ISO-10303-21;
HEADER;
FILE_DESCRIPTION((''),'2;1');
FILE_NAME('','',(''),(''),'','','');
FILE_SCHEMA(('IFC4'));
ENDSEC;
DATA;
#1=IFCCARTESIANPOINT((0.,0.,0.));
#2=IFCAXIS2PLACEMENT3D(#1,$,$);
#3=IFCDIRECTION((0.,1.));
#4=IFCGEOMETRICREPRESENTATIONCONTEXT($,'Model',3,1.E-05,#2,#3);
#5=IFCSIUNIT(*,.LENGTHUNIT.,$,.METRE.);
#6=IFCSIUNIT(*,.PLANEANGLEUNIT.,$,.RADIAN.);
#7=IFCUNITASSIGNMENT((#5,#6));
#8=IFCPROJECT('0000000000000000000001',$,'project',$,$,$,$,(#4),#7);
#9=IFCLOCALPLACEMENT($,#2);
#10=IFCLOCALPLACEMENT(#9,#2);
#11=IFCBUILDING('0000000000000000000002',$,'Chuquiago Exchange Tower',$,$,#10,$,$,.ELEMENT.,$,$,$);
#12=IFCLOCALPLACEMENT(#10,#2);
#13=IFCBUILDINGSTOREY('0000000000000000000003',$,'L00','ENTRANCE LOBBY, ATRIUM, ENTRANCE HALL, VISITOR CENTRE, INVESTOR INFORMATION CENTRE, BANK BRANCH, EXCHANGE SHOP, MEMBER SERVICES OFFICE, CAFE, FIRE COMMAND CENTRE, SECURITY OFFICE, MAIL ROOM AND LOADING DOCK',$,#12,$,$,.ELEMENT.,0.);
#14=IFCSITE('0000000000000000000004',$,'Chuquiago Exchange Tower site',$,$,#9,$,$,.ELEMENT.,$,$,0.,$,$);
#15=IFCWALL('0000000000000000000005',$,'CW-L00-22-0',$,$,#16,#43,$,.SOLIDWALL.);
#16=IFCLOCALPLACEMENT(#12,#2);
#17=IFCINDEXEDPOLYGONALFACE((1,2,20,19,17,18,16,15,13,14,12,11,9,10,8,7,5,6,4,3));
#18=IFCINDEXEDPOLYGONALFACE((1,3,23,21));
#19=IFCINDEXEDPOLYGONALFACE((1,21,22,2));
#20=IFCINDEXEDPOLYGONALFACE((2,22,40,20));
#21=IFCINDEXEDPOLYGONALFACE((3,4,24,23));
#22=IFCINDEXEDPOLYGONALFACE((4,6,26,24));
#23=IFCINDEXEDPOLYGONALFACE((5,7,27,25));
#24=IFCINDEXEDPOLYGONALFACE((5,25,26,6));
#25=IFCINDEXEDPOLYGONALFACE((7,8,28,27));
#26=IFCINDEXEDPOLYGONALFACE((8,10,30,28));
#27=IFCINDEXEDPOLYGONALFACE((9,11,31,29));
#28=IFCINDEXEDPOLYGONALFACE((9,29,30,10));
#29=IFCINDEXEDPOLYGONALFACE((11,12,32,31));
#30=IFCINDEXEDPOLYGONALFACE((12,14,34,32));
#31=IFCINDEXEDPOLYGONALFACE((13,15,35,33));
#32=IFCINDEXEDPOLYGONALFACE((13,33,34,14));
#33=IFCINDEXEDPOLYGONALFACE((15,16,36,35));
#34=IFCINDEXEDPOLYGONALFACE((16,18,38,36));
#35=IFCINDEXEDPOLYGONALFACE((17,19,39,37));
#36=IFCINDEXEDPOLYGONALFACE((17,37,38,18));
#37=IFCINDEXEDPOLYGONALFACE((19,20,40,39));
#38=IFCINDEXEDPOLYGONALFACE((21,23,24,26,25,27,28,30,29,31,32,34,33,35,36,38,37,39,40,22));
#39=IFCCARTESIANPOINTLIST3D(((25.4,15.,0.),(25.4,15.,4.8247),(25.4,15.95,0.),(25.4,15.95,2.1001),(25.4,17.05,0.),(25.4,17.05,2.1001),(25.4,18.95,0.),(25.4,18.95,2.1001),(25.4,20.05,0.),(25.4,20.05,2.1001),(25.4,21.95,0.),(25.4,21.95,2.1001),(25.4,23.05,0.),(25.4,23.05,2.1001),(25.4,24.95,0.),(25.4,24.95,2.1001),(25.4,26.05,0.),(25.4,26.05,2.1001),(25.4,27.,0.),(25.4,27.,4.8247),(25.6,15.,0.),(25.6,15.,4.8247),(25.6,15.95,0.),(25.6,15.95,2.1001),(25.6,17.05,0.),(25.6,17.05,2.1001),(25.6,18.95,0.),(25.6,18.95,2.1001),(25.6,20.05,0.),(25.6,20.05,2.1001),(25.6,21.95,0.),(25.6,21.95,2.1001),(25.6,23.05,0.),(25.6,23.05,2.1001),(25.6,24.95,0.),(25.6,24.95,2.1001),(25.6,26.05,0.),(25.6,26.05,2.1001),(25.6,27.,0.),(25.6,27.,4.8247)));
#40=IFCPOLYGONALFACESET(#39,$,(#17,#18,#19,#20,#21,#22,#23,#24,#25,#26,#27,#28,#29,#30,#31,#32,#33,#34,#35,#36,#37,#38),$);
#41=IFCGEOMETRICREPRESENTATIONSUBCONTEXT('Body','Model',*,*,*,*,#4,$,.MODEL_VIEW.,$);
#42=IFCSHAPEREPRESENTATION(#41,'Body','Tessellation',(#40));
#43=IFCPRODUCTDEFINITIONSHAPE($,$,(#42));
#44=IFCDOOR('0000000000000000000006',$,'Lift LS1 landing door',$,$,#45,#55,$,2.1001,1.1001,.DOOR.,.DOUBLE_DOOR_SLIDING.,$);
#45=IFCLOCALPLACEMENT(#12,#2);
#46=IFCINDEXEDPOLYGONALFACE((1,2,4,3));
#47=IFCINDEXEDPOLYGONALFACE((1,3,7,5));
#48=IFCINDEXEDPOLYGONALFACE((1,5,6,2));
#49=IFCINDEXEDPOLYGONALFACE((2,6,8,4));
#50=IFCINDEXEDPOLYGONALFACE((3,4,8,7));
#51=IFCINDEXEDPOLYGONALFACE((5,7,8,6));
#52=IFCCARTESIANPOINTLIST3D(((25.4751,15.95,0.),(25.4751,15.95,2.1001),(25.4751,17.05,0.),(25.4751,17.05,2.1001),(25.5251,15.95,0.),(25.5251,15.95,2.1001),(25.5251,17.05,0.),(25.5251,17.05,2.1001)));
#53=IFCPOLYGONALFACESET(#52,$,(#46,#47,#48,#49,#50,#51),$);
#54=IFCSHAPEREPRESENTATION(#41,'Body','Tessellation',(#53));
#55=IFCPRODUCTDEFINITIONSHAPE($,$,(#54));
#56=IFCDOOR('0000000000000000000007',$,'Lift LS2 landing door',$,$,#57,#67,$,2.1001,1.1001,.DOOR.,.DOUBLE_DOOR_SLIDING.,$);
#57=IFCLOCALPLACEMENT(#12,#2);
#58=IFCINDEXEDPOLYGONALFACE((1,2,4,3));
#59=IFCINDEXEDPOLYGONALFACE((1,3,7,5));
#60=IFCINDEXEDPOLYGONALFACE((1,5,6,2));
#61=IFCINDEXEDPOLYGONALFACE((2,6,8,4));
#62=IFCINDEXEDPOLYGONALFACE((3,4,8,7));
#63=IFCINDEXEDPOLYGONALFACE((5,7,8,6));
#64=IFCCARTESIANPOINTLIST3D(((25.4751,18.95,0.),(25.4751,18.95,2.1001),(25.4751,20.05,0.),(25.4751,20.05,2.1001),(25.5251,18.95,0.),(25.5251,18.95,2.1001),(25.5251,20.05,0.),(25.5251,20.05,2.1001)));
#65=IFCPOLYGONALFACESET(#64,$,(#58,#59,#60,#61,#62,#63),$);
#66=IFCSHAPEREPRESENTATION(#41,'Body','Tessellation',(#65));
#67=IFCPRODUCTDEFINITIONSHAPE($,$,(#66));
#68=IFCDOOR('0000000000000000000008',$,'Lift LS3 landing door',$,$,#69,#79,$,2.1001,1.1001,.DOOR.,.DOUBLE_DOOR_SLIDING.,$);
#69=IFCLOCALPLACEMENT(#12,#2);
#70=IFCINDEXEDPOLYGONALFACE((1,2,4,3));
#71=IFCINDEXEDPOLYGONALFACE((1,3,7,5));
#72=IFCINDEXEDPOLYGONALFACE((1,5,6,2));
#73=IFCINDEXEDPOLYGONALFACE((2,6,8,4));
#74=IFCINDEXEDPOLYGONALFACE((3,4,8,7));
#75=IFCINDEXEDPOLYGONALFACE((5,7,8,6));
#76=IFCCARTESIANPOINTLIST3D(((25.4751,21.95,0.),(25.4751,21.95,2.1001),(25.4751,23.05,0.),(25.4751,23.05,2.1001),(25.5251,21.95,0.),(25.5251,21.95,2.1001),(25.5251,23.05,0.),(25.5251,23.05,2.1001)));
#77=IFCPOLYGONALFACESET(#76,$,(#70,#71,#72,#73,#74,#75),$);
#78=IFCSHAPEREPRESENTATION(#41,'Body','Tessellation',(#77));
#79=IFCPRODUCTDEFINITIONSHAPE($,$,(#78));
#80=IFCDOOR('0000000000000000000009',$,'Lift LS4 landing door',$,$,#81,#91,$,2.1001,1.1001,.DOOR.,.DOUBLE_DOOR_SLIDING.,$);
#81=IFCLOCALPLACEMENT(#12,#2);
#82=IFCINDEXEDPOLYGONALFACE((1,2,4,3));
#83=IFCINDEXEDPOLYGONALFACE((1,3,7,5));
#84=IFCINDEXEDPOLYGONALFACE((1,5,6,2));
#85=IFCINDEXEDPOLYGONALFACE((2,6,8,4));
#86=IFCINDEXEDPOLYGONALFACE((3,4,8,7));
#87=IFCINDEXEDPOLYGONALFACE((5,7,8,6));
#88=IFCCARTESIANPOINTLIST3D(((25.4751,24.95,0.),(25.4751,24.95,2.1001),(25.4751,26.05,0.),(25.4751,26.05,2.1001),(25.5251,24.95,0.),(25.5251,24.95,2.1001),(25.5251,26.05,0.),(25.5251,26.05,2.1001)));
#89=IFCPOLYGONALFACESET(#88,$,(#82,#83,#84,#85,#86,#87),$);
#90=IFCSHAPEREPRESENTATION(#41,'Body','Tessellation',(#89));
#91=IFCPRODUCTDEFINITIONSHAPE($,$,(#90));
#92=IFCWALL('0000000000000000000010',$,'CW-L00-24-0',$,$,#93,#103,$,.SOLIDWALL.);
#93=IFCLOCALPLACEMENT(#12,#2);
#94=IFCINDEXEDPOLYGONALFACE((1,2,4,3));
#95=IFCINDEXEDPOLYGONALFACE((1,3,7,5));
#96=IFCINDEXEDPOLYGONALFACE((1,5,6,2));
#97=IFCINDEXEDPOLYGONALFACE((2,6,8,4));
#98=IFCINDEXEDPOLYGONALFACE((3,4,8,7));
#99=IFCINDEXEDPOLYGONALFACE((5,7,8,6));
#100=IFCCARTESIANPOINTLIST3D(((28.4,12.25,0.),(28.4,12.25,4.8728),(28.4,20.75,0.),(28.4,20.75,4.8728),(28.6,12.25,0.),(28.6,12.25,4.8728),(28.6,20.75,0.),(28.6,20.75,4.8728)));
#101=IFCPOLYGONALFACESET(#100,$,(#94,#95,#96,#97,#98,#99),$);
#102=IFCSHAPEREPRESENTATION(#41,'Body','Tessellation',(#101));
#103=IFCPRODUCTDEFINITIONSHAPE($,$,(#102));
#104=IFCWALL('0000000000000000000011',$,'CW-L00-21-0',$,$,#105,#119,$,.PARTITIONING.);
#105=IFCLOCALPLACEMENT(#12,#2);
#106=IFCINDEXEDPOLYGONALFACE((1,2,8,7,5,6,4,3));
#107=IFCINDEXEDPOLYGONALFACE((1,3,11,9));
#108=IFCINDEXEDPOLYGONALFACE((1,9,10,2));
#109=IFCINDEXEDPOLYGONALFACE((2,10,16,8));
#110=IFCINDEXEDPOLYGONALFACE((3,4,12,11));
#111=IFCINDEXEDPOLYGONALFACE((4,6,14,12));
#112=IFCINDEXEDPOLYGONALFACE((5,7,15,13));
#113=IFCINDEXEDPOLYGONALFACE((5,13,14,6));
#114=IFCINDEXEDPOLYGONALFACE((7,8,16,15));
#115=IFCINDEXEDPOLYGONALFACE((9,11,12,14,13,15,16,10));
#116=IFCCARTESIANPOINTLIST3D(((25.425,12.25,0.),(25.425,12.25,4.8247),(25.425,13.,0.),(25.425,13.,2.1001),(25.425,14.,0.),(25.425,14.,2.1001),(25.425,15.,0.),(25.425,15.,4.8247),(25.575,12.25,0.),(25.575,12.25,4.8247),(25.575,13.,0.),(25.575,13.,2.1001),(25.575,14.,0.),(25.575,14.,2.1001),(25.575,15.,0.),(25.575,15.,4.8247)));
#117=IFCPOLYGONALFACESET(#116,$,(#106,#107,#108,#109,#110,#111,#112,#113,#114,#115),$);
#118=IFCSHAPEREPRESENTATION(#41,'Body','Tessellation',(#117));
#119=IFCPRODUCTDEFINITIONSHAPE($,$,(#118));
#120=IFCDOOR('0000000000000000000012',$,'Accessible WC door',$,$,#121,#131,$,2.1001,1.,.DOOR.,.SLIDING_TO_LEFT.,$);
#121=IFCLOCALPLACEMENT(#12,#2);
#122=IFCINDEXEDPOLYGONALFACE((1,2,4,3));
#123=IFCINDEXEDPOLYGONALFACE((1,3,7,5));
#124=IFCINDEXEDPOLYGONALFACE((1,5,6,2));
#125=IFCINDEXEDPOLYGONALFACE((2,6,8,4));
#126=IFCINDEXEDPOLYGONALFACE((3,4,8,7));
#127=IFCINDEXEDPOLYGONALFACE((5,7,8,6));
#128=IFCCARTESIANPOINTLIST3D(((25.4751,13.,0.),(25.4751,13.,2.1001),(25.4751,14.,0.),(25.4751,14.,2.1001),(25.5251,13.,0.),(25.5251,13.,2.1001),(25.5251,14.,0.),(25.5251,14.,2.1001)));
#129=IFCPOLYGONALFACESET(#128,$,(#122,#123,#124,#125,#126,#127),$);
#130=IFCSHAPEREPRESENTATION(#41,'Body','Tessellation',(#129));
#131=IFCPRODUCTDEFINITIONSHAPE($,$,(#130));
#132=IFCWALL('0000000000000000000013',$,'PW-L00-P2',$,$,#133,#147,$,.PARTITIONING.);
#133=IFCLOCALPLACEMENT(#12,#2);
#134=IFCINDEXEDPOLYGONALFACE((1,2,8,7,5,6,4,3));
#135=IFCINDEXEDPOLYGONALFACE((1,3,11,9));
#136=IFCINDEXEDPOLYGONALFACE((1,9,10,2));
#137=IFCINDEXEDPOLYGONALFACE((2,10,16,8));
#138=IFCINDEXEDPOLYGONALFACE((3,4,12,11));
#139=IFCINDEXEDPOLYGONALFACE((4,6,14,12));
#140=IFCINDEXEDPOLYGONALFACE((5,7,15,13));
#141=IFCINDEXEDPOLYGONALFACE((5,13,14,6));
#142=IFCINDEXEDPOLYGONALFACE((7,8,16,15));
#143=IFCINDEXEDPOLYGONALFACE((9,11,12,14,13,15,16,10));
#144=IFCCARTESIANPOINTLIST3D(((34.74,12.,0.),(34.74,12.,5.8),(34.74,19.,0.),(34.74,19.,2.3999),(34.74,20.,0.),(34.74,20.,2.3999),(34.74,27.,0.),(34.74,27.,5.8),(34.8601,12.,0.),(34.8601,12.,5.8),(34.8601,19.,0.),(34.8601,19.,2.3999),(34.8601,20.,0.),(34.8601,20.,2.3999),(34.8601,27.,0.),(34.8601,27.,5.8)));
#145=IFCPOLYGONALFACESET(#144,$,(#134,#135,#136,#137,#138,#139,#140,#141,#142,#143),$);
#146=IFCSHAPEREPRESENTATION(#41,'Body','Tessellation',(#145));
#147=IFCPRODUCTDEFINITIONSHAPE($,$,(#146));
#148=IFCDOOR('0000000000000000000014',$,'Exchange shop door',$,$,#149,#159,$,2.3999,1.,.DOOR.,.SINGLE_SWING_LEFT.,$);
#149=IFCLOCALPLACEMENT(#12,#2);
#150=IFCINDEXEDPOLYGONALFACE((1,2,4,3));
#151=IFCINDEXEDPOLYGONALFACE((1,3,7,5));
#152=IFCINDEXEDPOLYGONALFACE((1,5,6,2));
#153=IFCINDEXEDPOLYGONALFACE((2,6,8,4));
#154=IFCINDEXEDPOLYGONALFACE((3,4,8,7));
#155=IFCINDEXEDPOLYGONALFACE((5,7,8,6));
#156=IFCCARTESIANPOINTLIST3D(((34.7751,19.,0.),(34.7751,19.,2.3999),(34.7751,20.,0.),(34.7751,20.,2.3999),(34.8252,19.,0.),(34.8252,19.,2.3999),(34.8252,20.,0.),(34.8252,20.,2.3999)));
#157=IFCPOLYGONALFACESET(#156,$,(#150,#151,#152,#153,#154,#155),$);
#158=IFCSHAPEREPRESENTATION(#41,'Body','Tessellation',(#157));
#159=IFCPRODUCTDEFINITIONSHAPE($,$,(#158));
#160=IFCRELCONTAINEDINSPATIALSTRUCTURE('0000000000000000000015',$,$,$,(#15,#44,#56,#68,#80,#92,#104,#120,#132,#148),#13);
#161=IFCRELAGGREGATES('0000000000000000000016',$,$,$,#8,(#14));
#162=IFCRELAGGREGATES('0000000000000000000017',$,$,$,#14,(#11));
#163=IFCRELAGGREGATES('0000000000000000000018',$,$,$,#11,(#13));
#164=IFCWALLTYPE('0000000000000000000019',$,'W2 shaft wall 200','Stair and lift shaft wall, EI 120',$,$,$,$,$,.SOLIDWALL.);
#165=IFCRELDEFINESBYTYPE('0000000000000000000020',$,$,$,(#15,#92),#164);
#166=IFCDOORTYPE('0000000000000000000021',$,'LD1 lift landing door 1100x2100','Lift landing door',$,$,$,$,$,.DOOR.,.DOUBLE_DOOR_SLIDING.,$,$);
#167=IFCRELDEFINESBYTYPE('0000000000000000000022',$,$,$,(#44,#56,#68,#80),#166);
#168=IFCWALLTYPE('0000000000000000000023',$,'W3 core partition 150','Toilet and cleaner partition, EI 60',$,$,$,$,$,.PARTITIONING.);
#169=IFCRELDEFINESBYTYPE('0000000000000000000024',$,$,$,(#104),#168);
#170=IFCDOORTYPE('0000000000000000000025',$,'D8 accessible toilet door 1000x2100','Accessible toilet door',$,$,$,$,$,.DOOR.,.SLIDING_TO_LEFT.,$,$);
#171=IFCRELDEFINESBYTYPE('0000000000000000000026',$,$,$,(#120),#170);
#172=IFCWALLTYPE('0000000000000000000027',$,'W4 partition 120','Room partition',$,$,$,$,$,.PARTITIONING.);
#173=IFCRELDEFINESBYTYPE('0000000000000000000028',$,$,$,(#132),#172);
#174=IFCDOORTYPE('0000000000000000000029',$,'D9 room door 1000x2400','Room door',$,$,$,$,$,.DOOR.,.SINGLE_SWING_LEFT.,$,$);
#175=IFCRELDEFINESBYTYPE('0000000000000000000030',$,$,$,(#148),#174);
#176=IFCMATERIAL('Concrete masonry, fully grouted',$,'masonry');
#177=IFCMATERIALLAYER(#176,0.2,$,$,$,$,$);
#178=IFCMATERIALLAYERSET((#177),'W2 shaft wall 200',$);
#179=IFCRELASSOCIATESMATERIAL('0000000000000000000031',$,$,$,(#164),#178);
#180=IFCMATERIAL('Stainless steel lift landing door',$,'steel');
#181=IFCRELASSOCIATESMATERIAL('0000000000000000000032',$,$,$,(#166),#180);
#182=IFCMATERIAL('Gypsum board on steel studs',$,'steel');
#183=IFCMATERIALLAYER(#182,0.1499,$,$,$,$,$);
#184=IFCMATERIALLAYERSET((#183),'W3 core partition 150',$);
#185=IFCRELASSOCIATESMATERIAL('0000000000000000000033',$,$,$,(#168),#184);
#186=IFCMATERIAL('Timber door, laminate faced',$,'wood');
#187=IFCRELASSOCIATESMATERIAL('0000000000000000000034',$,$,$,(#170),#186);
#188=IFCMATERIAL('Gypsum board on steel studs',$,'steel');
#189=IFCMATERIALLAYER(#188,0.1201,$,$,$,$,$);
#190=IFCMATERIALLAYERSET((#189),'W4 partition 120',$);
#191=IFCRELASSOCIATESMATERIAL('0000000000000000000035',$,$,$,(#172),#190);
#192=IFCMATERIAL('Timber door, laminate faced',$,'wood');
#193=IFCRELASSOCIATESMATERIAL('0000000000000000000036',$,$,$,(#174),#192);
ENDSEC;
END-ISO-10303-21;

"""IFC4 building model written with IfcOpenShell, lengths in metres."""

from ifc_helpers import new_model, si_unit, direction, frame, frame_2d, origin, place, context, subcontext, project, spatial, rectangle, extrude, material, layer, layer_set, type_object, element, fill, save


model = new_model("IFC4")

# Units and contexts
model_context = context("Model", 3, precision=1e-05, world=origin(), true_north=direction((0.0, 1.0)))
body_context = subcontext(model_context, "Body", "Model", "MODEL_VIEW")
ifc_project = project(units=[si_unit("LENGTHUNIT", "METRE"), si_unit("PLANEANGLEUNIT", "RADIAN")], contexts=[model_context])

# Site, building, storey
site_placement = place(None, origin())
site = spatial("IfcSite", under=ifc_project, at=site_placement, Name="Chuquiago Exchange Tower site", CompositionType="ELEMENT", RefElevation=0.0)
building_placement = place(site_placement, origin())
building = spatial("IfcBuilding", under=site, at=building_placement, Name="Chuquiago Exchange Tower", CompositionType="ELEMENT")
storey_placement = place(building_placement, origin())
storey = spatial("IfcBuildingStorey", under=building, at=storey_placement, Name="L00", Description="ENTRANCE LOBBY, ATRIUM, ENTRANCE HALL, VISITOR CENTRE, INVESTOR INFORMATION CENTRE, BANK BRANCH, EXCHANGE SHOP, MEMBER SERVICES OFFICE, CAFE, FIRE COMMAND CENTRE, SECURITY OFFICE, MAIL ROOM AND LOADING DOCK", CompositionType="ELEMENT", Elevation=0.0)

# Shared definitions
ifc_material_1 = material(Name="Concrete masonry, fully grouted", Category="masonry")
ifc_layer_1 = layer(ifc_material_1, 0.2)
ifc_layer_set_1 = layer_set([ifc_layer_1], Name="W2 shaft wall 200")
wall_type_1 = type_object("IfcWallType", Name="W2 shaft wall 200", Description="Stair and lift shaft wall, EI 120", PredefinedType="SOLIDWALL", material=ifc_layer_set_1)

# Wall, openings, doors
wall_1_placement = place(storey_placement, frame((25.5, 15.0, 0.0), z_axis=(0.0, 0.0, 1.0), x_axis=(0.0, 1.0, 0.0)))
wall_1 = element("IfcWall", 1, at=wall_1_placement, inside=storey, type_object=wall_type_1, Name="CW-L00-22-0", PredefinedType="SOLIDWALL", context=body_context, shape_type="SweptSolid", body=[
    extrude(rectangle(XDim=12.0, YDim=0.2, at=frame_2d((6.0, 0.0))), origin(), (0.0, 0.0, 1.0), 4.8247),
])
opening_1_placement = place(wall_1_placement, frame((0.95, 0.0, 0.0)))
opening_1 = element("IfcOpeningElement", 2, at=opening_1_placement, cuts=wall_1, PredefinedType="OPENING", context=body_context, shape_type="SweptSolid", body=[
    extrude(rectangle(XDim=1.1001, YDim=2.1001, at=frame_2d((0.55, 1.05))), frame((0.0, 0.1099, 0.0), z_axis=(0.0, -1.0, 0.0), x_axis=(1.0, 0.0, 0.0)), (0.0, 0.0, 1.0), 0.22),
])
opening_2_placement = place(wall_1_placement, frame((3.95, 0.0, 0.0)))
opening_2 = element("IfcOpeningElement", 3, at=opening_2_placement, cuts=wall_1, PredefinedType="OPENING", context=body_context, shape_type="SweptSolid", body=[
    extrude(rectangle(XDim=1.1001, YDim=2.1001, at=frame_2d((0.55, 1.05))), frame((0.0, 0.1099, 0.0), z_axis=(0.0, -1.0, 0.0), x_axis=(1.0, 0.0, 0.0)), (0.0, 0.0, 1.0), 0.22),
])
opening_3_placement = place(wall_1_placement, frame((6.95, 0.0, 0.0)))
opening_3 = element("IfcOpeningElement", 4, at=opening_3_placement, cuts=wall_1, PredefinedType="OPENING", context=body_context, shape_type="SweptSolid", body=[
    extrude(rectangle(XDim=1.1001, YDim=2.1001, at=frame_2d((0.55, 1.05))), frame((0.0, 0.1099, 0.0), z_axis=(0.0, -1.0, 0.0), x_axis=(1.0, 0.0, 0.0)), (0.0, 0.0, 1.0), 0.22),
])
opening_4_placement = place(wall_1_placement, frame((9.95, 0.0, 0.0)))
opening_4 = element("IfcOpeningElement", 5, at=opening_4_placement, cuts=wall_1, PredefinedType="OPENING", context=body_context, shape_type="SweptSolid", body=[
    extrude(rectangle(XDim=1.1001, YDim=2.1001, at=frame_2d((0.55, 1.05))), frame((0.0, 0.1099, 0.0), z_axis=(0.0, -1.0, 0.0), x_axis=(1.0, 0.0, 0.0)), (0.0, 0.0, 1.0), 0.22),
])
ifc_material_2 = material(Name="Stainless steel lift landing door", Category="steel")
door_type_1 = type_object("IfcDoorType", Name="LD1 lift landing door 1100x2100", Description="Lift landing door", OperationType="DOUBLE_DOOR_SLIDING", PredefinedType="DOOR", material=ifc_material_2)
door_1_placement = place(opening_1_placement, origin())
door_1 = element("IfcDoor", 6, at=door_1_placement, inside=storey, type_object=door_type_1, Name="Lift LS1 landing door", OperationType="DOUBLE_DOOR_SLIDING", OverallHeight=2.1001, OverallWidth=1.1001, PredefinedType="DOOR", context=body_context, shape_type="SweptSolid", body=[
    extrude(rectangle(XDim=1.1001, YDim=2.1001, at=frame_2d((0.55, 1.05))), frame((0.0, 0.0249, 0.0), z_axis=(0.0, -1.0, 0.0), x_axis=(1.0, 0.0, 0.0)), (0.0, 0.0, 1.0), 0.05),
])
fill(opening_1, door_1)
door_2_placement = place(opening_2_placement, origin())
door_2 = element("IfcDoor", 7, at=door_2_placement, inside=storey, type_object=door_type_1, Name="Lift LS2 landing door", OperationType="DOUBLE_DOOR_SLIDING", OverallHeight=2.1001, OverallWidth=1.1001, PredefinedType="DOOR", context=body_context, shape_type="SweptSolid", body=[
    extrude(rectangle(XDim=1.1001, YDim=2.1001, at=frame_2d((0.55, 1.05))), frame((0.0, 0.0249, 0.0), z_axis=(0.0, -1.0, 0.0), x_axis=(1.0, 0.0, 0.0)), (0.0, 0.0, 1.0), 0.05),
])
fill(opening_2, door_2)
door_3_placement = place(opening_3_placement, origin())
door_3 = element("IfcDoor", 8, at=door_3_placement, inside=storey, type_object=door_type_1, Name="Lift LS3 landing door", OperationType="DOUBLE_DOOR_SLIDING", OverallHeight=2.1001, OverallWidth=1.1001, PredefinedType="DOOR", context=body_context, shape_type="SweptSolid", body=[
    extrude(rectangle(XDim=1.1001, YDim=2.1001, at=frame_2d((0.55, 1.05))), frame((0.0, 0.0249, 0.0), z_axis=(0.0, -1.0, 0.0), x_axis=(1.0, 0.0, 0.0)), (0.0, 0.0, 1.0), 0.05),
])
fill(opening_3, door_3)
door_4_placement = place(opening_4_placement, origin())
door_4 = element("IfcDoor", 9, at=door_4_placement, inside=storey, type_object=door_type_1, Name="Lift LS4 landing door", OperationType="DOUBLE_DOOR_SLIDING", OverallHeight=2.1001, OverallWidth=1.1001, PredefinedType="DOOR", context=body_context, shape_type="SweptSolid", body=[
    extrude(rectangle(XDim=1.1001, YDim=2.1001, at=frame_2d((0.55, 1.05))), frame((0.0, 0.0249, 0.0), z_axis=(0.0, -1.0, 0.0), x_axis=(1.0, 0.0, 0.0)), (0.0, 0.0, 1.0), 0.05),
])
fill(opening_4, door_4)

# Wall
wall_2_placement = place(storey_placement, frame((28.5, 12.25, 0.0), z_axis=(0.0, 0.0, 1.0), x_axis=(0.0, 1.0, 0.0)))
element("IfcWall", 10, at=wall_2_placement, inside=storey, type_object=wall_type_1, Name="CW-L00-24-0", PredefinedType="SOLIDWALL", context=body_context, shape_type="SweptSolid", body=[
    extrude(rectangle(XDim=8.5, YDim=0.2, at=frame_2d((4.25, 0.0))), origin(), (0.0, 0.0, 1.0), 4.8728),
])

# Walls, openings, doors
ifc_material_3 = material(Name="Gypsum board on steel studs", Category="steel")
ifc_layer_2 = layer(ifc_material_3, 0.1499)
ifc_layer_set_2 = layer_set([ifc_layer_2], Name="W3 core partition 150")
wall_type_2 = type_object("IfcWallType", Name="W3 core partition 150", Description="Toilet and cleaner partition, EI 60", PredefinedType="PARTITIONING", material=ifc_layer_set_2)
wall_3_placement = place(storey_placement, frame((25.5, 12.25, 0.0), z_axis=(0.0, 0.0, 1.0), x_axis=(0.0, 1.0, 0.0)))
wall_3 = element("IfcWall", 11, at=wall_3_placement, inside=storey, type_object=wall_type_2, Name="CW-L00-21-0", PredefinedType="PARTITIONING", context=body_context, shape_type="SweptSolid", body=[
    extrude(rectangle(XDim=2.75, YDim=0.1499, at=frame_2d((1.375, 0.0))), origin(), (0.0, 0.0, 1.0), 4.8247),
])
opening_5_placement = place(wall_3_placement, frame((0.75, 0.0, 0.0)))
opening_5 = element("IfcOpeningElement", 12, at=opening_5_placement, cuts=wall_3, PredefinedType="OPENING", context=body_context, shape_type="SweptSolid", body=[
    extrude(rectangle(XDim=1.0, YDim=2.1001, at=frame_2d((0.5, 1.05))), frame((0.0, 0.085, 0.0), z_axis=(0.0, -1.0, 0.0), x_axis=(1.0, 0.0, 0.0)), (0.0, 0.0, 1.0), 0.1699),
])
ifc_material_4 = material(Name="Timber door, laminate faced", Category="wood")
door_type_2 = type_object("IfcDoorType", Name="D8 accessible toilet door 1000x2100", Description="Accessible toilet door", OperationType="SLIDING_TO_LEFT", PredefinedType="DOOR", material=ifc_material_4)
door_5_placement = place(opening_5_placement, origin())
door_5 = element("IfcDoor", 13, at=door_5_placement, inside=storey, type_object=door_type_2, Name="Accessible WC door", OperationType="SLIDING_TO_LEFT", OverallHeight=2.1001, OverallWidth=1.0, PredefinedType="DOOR", context=body_context, shape_type="SweptSolid", body=[
    extrude(rectangle(XDim=1.0, YDim=2.1001, at=frame_2d((0.5, 1.05))), frame((0.0, 0.0249, 0.0), z_axis=(0.0, -1.0, 0.0), x_axis=(1.0, 0.0, 0.0)), (0.0, 0.0, 1.0), 0.05),
])
fill(opening_5, door_5)
ifc_material_5 = material(Name="Gypsum board on steel studs", Category="steel")
ifc_layer_3 = layer(ifc_material_5, 0.1201)
ifc_layer_set_3 = layer_set([ifc_layer_3], Name="W4 partition 120")
wall_type_3 = type_object("IfcWallType", Name="W4 partition 120", Description="Room partition", PredefinedType="PARTITIONING", material=ifc_layer_set_3)
wall_4_placement = place(storey_placement, frame((34.8, 12.0, 0.0), z_axis=(0.0, 0.0, 1.0), x_axis=(0.0, 1.0, 0.0)))
wall_4 = element("IfcWall", 14, at=wall_4_placement, inside=storey, type_object=wall_type_3, Name="PW-L00-P2", PredefinedType="PARTITIONING", context=body_context, shape_type="SweptSolid", body=[
    extrude(rectangle(XDim=15.0, YDim=0.1201, at=frame_2d((7.5, 0.0))), origin(), (0.0, 0.0, 1.0), 5.8),
])
opening_6_placement = place(wall_4_placement, frame((7.0, 0.0, 0.0)))
opening_6 = element("IfcOpeningElement", 15, at=opening_6_placement, cuts=wall_4, PredefinedType="OPENING", context=body_context, shape_type="SweptSolid", body=[
    extrude(rectangle(XDim=1.0, YDim=2.3999, at=frame_2d((0.5, 1.2))), frame((0.0, 0.0701, 0.0), z_axis=(0.0, -1.0, 0.0), x_axis=(1.0, 0.0, 0.0)), (0.0, 0.0, 1.0), 0.1401),
])
ifc_material_6 = material(Name="Timber door, laminate faced", Category="wood")
door_type_3 = type_object("IfcDoorType", Name="D9 room door 1000x2400", Description="Room door", OperationType="SINGLE_SWING_LEFT", PredefinedType="DOOR", material=ifc_material_6)
door_6_placement = place(opening_6_placement, origin())
door_6 = element("IfcDoor", 16, at=door_6_placement, inside=storey, type_object=door_type_3, Name="Exchange shop door", OperationType="SINGLE_SWING_LEFT", OverallHeight=2.3999, OverallWidth=1.0, PredefinedType="DOOR", context=body_context, shape_type="SweptSolid", body=[
    extrude(rectangle(XDim=1.0, YDim=2.3999, at=frame_2d((0.5, 1.2))), frame((0.0, 0.0249, 0.0), z_axis=(0.0, -1.0, 0.0), x_axis=(1.0, 0.0, 0.0)), (0.0, 0.0, 1.0), 0.05),
])
fill(opening_6, door_6)

save(model, "model.ifc")
